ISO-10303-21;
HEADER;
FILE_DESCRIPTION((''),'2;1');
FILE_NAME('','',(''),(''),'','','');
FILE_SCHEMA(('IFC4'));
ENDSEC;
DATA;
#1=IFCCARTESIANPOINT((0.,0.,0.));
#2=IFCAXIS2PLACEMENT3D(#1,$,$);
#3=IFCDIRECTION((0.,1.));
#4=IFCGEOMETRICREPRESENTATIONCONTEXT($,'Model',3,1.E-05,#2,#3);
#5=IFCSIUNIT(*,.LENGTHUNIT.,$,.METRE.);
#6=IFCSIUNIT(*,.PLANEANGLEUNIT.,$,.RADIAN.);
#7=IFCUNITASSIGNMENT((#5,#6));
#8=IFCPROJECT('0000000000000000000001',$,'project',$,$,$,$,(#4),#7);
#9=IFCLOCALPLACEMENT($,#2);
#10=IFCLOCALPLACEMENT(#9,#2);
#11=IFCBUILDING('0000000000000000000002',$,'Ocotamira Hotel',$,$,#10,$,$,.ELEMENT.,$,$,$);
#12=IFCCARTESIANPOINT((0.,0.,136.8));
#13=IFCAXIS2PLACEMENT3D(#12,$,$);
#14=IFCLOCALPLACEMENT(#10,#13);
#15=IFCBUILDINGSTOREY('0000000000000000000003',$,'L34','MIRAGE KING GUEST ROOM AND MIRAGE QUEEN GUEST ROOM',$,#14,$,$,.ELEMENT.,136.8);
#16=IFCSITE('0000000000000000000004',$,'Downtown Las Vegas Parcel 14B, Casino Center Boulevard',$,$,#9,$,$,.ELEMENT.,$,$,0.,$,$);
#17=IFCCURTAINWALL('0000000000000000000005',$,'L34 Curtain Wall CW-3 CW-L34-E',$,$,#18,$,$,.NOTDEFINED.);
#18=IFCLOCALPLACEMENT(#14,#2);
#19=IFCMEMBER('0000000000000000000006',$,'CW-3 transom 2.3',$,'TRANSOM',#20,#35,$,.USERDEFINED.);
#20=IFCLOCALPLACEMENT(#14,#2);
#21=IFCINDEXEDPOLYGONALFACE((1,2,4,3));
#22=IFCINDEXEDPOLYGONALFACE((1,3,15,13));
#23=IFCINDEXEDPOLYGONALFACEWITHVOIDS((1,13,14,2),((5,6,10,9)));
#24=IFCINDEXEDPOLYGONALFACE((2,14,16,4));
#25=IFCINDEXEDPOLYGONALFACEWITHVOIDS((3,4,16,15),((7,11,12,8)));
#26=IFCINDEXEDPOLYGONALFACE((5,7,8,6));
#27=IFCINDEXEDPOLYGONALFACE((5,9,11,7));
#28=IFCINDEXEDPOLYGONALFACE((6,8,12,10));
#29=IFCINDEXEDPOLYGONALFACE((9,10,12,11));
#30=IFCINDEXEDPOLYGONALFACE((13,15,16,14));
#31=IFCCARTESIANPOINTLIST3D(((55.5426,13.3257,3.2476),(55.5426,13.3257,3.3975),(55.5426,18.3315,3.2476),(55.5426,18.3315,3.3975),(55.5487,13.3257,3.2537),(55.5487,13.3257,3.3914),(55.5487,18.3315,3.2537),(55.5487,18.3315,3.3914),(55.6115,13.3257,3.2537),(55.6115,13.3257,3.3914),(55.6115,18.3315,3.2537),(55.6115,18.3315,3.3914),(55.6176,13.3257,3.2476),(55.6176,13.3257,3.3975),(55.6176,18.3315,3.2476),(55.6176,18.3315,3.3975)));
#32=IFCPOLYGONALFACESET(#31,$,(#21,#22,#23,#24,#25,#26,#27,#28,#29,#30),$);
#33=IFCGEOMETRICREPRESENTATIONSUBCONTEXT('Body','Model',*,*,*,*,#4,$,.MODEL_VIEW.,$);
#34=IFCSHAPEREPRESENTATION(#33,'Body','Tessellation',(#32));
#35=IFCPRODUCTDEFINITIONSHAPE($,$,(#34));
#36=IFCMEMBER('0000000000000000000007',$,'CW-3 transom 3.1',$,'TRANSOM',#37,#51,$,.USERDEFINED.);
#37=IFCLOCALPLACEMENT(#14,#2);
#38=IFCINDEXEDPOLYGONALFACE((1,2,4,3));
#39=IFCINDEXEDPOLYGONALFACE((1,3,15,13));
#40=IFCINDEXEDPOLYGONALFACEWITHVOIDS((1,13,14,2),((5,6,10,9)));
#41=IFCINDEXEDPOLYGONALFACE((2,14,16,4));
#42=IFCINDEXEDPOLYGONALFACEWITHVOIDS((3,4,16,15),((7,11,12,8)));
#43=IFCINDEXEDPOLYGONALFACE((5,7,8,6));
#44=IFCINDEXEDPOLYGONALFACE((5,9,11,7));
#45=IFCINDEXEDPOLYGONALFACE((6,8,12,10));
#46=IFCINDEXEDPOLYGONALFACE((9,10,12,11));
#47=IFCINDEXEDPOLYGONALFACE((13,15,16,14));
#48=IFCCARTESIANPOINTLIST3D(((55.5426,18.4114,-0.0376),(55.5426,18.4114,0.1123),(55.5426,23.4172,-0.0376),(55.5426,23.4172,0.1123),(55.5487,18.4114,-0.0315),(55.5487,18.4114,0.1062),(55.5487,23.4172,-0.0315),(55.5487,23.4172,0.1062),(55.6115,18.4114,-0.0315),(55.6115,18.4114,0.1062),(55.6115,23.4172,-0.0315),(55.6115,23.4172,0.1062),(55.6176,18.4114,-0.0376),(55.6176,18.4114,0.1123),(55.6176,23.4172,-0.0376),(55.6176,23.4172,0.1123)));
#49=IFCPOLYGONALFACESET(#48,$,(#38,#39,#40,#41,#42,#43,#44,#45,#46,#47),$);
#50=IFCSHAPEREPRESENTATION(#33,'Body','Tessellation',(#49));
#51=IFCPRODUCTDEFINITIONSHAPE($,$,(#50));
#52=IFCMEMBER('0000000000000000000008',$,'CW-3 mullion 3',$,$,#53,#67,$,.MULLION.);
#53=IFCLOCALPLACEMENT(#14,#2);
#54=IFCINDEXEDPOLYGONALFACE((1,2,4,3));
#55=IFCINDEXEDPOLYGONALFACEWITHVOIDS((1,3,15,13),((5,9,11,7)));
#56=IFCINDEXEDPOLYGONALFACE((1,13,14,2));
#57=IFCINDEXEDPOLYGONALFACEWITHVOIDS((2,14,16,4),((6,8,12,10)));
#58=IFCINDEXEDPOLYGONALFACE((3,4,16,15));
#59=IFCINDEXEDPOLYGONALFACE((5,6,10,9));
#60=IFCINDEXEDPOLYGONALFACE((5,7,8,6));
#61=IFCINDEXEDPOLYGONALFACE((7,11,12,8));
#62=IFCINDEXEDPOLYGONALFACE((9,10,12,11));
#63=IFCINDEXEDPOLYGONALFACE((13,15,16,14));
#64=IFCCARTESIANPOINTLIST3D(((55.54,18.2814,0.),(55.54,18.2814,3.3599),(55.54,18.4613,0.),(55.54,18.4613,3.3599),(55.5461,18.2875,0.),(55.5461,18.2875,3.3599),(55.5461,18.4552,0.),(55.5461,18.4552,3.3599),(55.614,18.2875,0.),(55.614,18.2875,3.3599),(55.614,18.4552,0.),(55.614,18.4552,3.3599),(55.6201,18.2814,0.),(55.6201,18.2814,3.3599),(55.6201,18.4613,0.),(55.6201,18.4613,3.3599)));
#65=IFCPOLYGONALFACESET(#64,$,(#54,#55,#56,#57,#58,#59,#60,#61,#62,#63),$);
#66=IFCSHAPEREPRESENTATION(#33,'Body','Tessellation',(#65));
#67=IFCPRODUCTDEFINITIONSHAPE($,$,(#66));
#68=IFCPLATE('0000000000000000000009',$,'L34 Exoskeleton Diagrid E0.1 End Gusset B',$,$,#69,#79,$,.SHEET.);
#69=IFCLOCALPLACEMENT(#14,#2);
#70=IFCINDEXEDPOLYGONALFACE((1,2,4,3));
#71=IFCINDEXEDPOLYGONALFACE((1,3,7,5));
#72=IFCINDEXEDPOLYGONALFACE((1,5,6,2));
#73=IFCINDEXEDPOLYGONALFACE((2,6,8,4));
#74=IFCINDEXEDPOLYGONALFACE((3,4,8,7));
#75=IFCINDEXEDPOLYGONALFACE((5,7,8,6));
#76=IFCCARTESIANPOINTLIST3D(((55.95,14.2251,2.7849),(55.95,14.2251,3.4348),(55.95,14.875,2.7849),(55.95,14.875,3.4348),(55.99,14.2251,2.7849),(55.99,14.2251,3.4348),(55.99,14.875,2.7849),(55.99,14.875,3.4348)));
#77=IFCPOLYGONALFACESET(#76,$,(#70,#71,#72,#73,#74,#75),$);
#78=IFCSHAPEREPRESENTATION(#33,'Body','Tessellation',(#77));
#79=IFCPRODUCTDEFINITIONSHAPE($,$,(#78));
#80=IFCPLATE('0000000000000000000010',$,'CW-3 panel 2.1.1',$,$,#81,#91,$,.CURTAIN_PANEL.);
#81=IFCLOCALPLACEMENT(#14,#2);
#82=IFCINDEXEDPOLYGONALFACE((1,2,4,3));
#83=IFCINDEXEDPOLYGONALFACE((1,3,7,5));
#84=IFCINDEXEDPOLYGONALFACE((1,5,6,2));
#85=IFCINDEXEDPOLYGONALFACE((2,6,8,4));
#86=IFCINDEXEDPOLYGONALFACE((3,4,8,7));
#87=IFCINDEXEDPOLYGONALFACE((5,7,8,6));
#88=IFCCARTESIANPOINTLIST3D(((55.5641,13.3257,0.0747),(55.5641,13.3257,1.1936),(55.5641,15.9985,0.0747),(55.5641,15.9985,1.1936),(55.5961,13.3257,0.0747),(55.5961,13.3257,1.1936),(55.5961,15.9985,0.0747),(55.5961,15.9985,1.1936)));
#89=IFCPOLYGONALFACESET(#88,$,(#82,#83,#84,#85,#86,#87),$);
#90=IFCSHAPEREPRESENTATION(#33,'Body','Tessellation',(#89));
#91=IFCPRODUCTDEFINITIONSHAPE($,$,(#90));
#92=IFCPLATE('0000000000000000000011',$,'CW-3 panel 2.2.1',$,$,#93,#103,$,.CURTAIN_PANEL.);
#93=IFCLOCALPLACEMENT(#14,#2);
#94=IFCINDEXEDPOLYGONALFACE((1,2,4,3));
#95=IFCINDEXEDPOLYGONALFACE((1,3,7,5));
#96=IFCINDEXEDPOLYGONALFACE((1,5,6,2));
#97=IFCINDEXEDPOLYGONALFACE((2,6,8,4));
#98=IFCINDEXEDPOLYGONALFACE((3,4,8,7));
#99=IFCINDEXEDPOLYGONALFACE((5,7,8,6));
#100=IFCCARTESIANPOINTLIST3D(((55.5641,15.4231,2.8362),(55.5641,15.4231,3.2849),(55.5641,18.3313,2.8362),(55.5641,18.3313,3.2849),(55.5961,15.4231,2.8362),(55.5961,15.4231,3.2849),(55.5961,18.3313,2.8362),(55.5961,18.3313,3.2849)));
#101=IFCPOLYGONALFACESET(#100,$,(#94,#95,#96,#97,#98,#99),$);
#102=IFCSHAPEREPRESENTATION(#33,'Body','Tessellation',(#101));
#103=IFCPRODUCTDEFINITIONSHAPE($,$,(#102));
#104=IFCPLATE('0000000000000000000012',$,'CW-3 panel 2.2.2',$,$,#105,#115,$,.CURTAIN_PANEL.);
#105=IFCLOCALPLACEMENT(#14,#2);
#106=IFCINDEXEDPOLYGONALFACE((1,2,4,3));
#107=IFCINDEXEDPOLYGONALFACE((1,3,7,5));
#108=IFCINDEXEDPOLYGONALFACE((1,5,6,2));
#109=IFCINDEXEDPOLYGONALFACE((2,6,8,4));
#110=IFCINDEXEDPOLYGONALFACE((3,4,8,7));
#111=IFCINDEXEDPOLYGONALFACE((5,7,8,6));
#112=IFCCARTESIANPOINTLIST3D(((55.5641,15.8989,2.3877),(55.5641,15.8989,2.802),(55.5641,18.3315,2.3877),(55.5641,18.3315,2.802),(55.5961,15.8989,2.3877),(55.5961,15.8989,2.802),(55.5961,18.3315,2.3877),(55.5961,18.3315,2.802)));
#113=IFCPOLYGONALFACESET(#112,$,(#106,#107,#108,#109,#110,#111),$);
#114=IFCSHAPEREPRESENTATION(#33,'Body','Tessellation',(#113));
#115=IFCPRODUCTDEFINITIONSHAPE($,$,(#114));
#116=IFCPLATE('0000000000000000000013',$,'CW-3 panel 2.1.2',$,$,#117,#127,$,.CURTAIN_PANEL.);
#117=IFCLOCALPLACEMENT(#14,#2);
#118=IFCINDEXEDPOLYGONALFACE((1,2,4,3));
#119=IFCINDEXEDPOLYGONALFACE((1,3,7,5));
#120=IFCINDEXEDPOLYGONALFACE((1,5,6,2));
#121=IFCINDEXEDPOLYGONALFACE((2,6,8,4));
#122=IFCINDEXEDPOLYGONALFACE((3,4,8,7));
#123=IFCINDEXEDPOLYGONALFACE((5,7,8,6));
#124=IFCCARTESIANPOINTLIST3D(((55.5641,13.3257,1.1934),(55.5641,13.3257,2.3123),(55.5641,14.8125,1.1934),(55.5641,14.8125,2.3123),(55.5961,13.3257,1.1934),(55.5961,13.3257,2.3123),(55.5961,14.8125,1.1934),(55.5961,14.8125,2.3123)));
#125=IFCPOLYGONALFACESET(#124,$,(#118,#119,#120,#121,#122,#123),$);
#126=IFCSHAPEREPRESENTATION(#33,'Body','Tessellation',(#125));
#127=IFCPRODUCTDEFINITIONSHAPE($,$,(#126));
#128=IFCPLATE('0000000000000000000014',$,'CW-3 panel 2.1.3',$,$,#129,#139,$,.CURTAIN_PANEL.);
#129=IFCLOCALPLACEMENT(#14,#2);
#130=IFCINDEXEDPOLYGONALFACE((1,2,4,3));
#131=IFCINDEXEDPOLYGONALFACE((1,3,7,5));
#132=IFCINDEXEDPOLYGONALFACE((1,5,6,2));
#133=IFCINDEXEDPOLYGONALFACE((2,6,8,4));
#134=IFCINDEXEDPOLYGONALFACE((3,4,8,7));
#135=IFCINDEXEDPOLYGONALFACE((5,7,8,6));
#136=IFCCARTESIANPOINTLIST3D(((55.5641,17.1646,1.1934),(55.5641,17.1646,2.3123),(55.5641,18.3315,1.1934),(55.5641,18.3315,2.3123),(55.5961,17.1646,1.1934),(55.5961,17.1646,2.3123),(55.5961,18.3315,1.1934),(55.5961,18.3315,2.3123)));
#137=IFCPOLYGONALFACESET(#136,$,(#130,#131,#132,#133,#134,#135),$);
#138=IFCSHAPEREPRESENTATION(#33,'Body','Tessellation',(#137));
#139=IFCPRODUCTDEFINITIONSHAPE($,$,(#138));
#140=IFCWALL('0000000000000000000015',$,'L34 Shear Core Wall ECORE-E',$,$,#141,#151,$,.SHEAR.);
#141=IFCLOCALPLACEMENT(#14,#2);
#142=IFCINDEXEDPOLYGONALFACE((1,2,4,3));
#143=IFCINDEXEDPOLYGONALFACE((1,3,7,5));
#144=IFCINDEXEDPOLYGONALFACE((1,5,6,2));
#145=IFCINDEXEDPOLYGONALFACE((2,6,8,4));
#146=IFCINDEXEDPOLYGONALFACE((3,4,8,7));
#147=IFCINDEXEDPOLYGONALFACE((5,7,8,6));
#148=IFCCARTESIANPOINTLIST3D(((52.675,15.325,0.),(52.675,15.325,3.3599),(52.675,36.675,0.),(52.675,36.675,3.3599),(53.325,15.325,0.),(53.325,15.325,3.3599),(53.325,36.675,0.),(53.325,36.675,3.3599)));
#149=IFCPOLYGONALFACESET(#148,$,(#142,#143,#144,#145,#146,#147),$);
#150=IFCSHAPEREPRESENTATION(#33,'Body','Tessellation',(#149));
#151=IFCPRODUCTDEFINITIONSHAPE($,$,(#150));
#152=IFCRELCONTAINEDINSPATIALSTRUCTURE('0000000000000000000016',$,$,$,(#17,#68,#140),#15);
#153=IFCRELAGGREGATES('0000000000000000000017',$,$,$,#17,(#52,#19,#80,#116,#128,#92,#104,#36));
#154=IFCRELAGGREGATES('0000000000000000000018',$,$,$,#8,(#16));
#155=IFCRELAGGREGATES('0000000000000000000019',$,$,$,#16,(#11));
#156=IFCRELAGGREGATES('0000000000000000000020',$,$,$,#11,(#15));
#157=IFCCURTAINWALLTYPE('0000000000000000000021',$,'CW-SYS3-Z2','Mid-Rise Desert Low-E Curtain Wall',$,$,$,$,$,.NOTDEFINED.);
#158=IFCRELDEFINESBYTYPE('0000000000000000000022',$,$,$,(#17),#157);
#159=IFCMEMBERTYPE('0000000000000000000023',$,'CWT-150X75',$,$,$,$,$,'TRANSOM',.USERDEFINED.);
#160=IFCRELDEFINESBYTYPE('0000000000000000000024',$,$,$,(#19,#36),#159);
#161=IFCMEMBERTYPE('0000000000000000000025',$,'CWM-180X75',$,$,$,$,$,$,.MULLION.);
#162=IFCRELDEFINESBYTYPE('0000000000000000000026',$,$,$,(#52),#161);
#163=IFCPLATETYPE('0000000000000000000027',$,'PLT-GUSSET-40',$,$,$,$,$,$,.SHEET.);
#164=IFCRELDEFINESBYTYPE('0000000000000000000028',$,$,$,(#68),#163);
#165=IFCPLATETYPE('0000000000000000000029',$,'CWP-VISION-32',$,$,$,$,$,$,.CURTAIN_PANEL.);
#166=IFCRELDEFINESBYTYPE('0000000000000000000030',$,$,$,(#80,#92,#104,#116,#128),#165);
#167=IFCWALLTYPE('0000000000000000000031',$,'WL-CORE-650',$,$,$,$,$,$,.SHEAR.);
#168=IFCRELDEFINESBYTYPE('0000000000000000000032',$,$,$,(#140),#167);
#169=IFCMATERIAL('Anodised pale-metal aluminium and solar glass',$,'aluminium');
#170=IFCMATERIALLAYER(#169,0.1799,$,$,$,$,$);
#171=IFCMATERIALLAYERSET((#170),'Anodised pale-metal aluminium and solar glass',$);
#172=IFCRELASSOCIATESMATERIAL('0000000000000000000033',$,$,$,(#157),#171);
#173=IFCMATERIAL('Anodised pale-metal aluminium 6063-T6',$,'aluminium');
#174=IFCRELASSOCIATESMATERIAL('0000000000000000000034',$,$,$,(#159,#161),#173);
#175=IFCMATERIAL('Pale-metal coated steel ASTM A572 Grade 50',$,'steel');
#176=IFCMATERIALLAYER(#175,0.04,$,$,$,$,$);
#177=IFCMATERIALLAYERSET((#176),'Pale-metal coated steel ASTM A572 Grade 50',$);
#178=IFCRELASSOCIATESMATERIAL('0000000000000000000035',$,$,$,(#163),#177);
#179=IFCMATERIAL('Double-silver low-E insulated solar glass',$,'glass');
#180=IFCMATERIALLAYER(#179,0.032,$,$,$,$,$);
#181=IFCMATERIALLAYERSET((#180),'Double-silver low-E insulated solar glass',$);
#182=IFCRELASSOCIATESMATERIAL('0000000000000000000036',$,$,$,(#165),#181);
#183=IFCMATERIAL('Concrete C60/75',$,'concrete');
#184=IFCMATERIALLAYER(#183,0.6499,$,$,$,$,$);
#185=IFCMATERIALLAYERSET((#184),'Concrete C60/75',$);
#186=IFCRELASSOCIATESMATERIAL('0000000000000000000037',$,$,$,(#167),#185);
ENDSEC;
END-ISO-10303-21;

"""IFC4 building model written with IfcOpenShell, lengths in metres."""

from ifc_helpers import new_model, si_unit, direction, frame, frame_2d, origin, origin_2d, place, context, subcontext, project, spatial, rectangle, hollow_rectangle, extrude, source, transform, mapped, material, layer, layer_set, material_profile, profile_set, type_object, element, aggregate, save


model = new_model("IFC4")

# Units and contexts
model_context = context("Model", 3, precision=1e-05, world=origin(), true_north=direction((0.0, 1.0)))
body_context = subcontext(model_context, "Body", "Model", "MODEL_VIEW")
ifc_project = project(units=[si_unit("LENGTHUNIT", "METRE"), si_unit("PLANEANGLEUNIT", "RADIAN")], contexts=[model_context])

# Site, building, storey
site_placement = place(None, origin())
site = spatial("IfcSite", under=ifc_project, at=site_placement, Name="Downtown Las Vegas Parcel 14B, Casino Center Boulevard", CompositionType="ELEMENT", RefElevation=0.0)
building_placement = place(site_placement, origin())
building = spatial("IfcBuilding", under=site, at=building_placement, Name="Ocotamira Hotel", CompositionType="ELEMENT")
storey_placement = place(building_placement, frame((0.0, 0.0, 136.8)))
storey = spatial("IfcBuildingStorey", under=building, at=storey_placement, Name="L34", Description="MIRAGE KING GUEST ROOM AND MIRAGE QUEEN GUEST ROOM", CompositionType="ELEMENT", Elevation=136.8)

# Curtain wall, members
ifc_material_1 = material(Name="Anodised pale-metal aluminium and solar glass", Category="aluminium")
ifc_layer_1 = layer(ifc_material_1, 0.1799)
ifc_layer_set_1 = layer_set([ifc_layer_1], Name="Anodised pale-metal aluminium and solar glass")
curtain_wall_type = type_object("IfcCurtainWallType", Name="CW-SYS3-Z2", Description="Mid-Rise Desert Low-E Curtain Wall", PredefinedType="NOTDEFINED", material=ifc_layer_set_1)
curtain_wall_placement = place(storey_placement, origin())
curtain_wall = element("IfcCurtainWall", 1, at=curtain_wall_placement, inside=storey, type_object=curtain_wall_type, Name="L34 Curtain Wall CW-3 CW-L34-E", PredefinedType="NOTDEFINED")
ifc_material_2 = material(Name="Anodised pale-metal aluminium 6063-T6", Category="aluminium")
ifc_material_profile_1 = material_profile(ifc_material_2, hollow_rectangle(XDim=0.075, YDim=0.1499, WallThickness=0.0061, at=origin_2d()), Name="HSS150X75X6")
ifc_profile_set_1 = profile_set([ifc_material_profile_1], Name="Anodised pale-metal aluminium 6063-T6")
member_type_1 = type_object("IfcMemberType", Name="CWT-150X75", ElementType="TRANSOM", PredefinedType="USERDEFINED", material=ifc_profile_set_1)
shared_shape_1 = source(origin(), body_context, "Body", "SweptSolid", [
    extrude(hollow_rectangle(XDim=0.075, YDim=0.1499, WallThickness=0.0061, at=origin_2d()), origin(), (0.0, 0.0, 1.0), 5.0059),
])
member_1_placement = place(storey_placement, frame((55.5801, 13.3257, 3.3225), z_axis=(0.0, 1.0, 0.0), x_axis=(-1.0, 0.0, 0.0)))
member_1 = element("IfcMember", 2, at=member_1_placement, type_object=member_type_1, Name="CW-3 transom 2.3", ObjectType="TRANSOM", PredefinedType="USERDEFINED", context=body_context, shape_type="MappedRepresentation", body=[
    mapped(shared_shape_1, transform((0.0, 0.0, 0.0), scale=1.0)),
])
member_2_placement = place(storey_placement, frame((55.5801, 18.4114, 0.0374), z_axis=(0.0, 1.0, 0.0), x_axis=(-1.0, 0.0, 0.0)))
member_2 = element("IfcMember", 3, at=member_2_placement, type_object=member_type_1, Name="CW-3 transom 3.1", ObjectType="TRANSOM", PredefinedType="USERDEFINED", context=body_context, shape_type="MappedRepresentation", body=[
    mapped(shared_shape_1, transform((0.0, 0.0, 0.0), scale=1.0)),
])
ifc_material_profile_2 = material_profile(ifc_material_2, hollow_rectangle(XDim=0.0801, YDim=0.1799, WallThickness=0.0061, at=origin_2d()), Name="HSS180X80X6")
ifc_profile_set_2 = profile_set([ifc_material_profile_2], Name="Anodised pale-metal aluminium 6063-T6")
member_type_2 = type_object("IfcMemberType", Name="CWM-180X75", PredefinedType="MULLION", material=ifc_profile_set_2)
shared_shape_2 = source(origin(), body_context, "Body", "SweptSolid", [
    extrude(hollow_rectangle(XDim=0.0801, YDim=0.1799, WallThickness=0.0061, at=origin_2d()), origin(), (0.0, 0.0, 1.0), 3.3599),
])
member_3_placement = place(storey_placement, frame((55.5801, 18.3713, 0.0), z_axis=(0.0, 0.0, 1.0), x_axis=(-1.0, 0.0, 0.0)))
member_3 = element("IfcMember", 4, at=member_3_placement, type_object=member_type_2, Name="CW-3 mullion 3", PredefinedType="MULLION", context=body_context, shape_type="MappedRepresentation", body=[
    mapped(shared_shape_2, transform((0.0, 0.0, 0.0), scale=1.0)),
])

# Plates
ifc_material_3 = material(Name="Pale-metal coated steel ASTM A572 Grade 50", Category="steel")
ifc_layer_2 = layer(ifc_material_3, 0.04)
ifc_layer_set_2 = layer_set([ifc_layer_2], Name="Pale-metal coated steel ASTM A572 Grade 50")
plate_type_1 = type_object("IfcPlateType", Name="PLT-GUSSET-40", PredefinedType="SHEET", material=ifc_layer_set_2)
shared_shape_3 = source(origin(), body_context, "Body", "SweptSolid", [
    extrude(rectangle(XDim=0.04, YDim=0.6499, at=origin_2d()), origin(), (0.0, 0.0, 1.0), 0.6499),
])
plate_1_placement = place(storey_placement, frame((55.97, 14.55, 2.7849), z_axis=(0.0, 0.0, 1.0), x_axis=(1.0, 0.0, 0.0)))
element("IfcPlate", 5, at=plate_1_placement, inside=storey, type_object=plate_type_1, Name="L34 Exoskeleton Diagrid E0.1 End Gusset B", PredefinedType="SHEET", context=body_context, shape_type="MappedRepresentation", body=[
    mapped(shared_shape_3, transform((0.0, 0.0, 0.0), scale=1.0)),
])
ifc_material_4 = material(Name="Double-silver low-E insulated solar glass", Category="glass")
ifc_layer_3 = layer(ifc_material_4, 0.032)
ifc_layer_set_3 = layer_set([ifc_layer_3], Name="Double-silver low-E insulated solar glass")
plate_type_2 = type_object("IfcPlateType", Name="CWP-VISION-32", PredefinedType="CURTAIN_PANEL", material=ifc_layer_set_3)
shared_shape_4 = source(origin(), body_context, "Body", "SweptSolid", [
    extrude(rectangle(XDim=2.6729, YDim=0.032, at=origin_2d()), origin(), (0.0, 0.0, 1.0), 1.1189),
])
plate_2_placement = place(storey_placement, frame((55.5801, 14.6621, 0.0747), z_axis=(0.0, 0.0, 1.0), x_axis=(0.0, 1.0, 0.0)))
plate_2 = element("IfcPlate", 6, at=plate_2_placement, type_object=plate_type_2, Name="CW-3 panel 2.1.1", PredefinedType="CURTAIN_PANEL", context=body_context, shape_type="MappedRepresentation", body=[
    mapped(shared_shape_4, transform((0.0, 0.0, 0.0), scale=1.0)),
])
shared_shape_5 = source(origin(), body_context, "Body", "SweptSolid", [
    extrude(rectangle(XDim=2.9082, YDim=0.032, at=origin_2d()), origin(), (0.0, 0.0, 1.0), 0.4487),
])
plate_3_placement = place(storey_placement, frame((55.5801, 16.8772, 2.8362), z_axis=(0.0, 0.0, 1.0), x_axis=(0.0, 1.0, 0.0)))
plate_3 = element("IfcPlate", 7, at=plate_3_placement, type_object=plate_type_2, Name="CW-3 panel 2.2.1", PredefinedType="CURTAIN_PANEL", context=body_context, shape_type="MappedRepresentation", body=[
    mapped(shared_shape_5, transform((0.0, 0.0, 0.0), scale=1.0)),
])
shared_shape_6 = source(origin(), body_context, "Body", "SweptSolid", [
    extrude(rectangle(XDim=2.4326, YDim=0.032, at=origin_2d()), origin(), (0.0, 0.0, 1.0), 0.4143),
])
plate_4_placement = place(storey_placement, frame((55.5801, 17.1152, 2.3877), z_axis=(0.0, 0.0, 1.0), x_axis=(0.0, 1.0, 0.0)))
plate_4 = element("IfcPlate", 8, at=plate_4_placement, type_object=plate_type_2, Name="CW-3 panel 2.2.2", PredefinedType="CURTAIN_PANEL", context=body_context, shape_type="MappedRepresentation", body=[
    mapped(shared_shape_6, transform((0.0, 0.0, 0.0), scale=1.0)),
])
shared_shape_7 = source(origin(), body_context, "Body", "SweptSolid", [
    extrude(rectangle(XDim=1.4868, YDim=0.032, at=origin_2d()), origin(), (0.0, 0.0, 1.0), 1.1189),
])
plate_5_placement = place(storey_placement, frame((55.5801, 14.0691, 1.1934), z_axis=(0.0, 0.0, 1.0), x_axis=(0.0, 1.0, 0.0)))
plate_5 = element("IfcPlate", 9, at=plate_5_placement, type_object=plate_type_2, Name="CW-3 panel 2.1.2", PredefinedType="CURTAIN_PANEL", context=body_context, shape_type="MappedRepresentation", body=[
    mapped(shared_shape_7, transform((0.0, 0.0, 0.0), scale=1.0)),
])
shared_shape_8 = source(origin(), body_context, "Body", "SweptSolid", [
    extrude(rectangle(XDim=1.167, YDim=0.032, at=origin_2d()), origin(), (0.0, 0.0, 1.0), 1.1189),
])
plate_6_placement = place(storey_placement, frame((55.5801, 17.748, 1.1934), z_axis=(0.0, 0.0, 1.0), x_axis=(0.0, 1.0, 0.0)))
plate_6 = element("IfcPlate", 10, at=plate_6_placement, type_object=plate_type_2, Name="CW-3 panel 2.1.3", PredefinedType="CURTAIN_PANEL", context=body_context, shape_type="MappedRepresentation", body=[
    mapped(shared_shape_8, transform((0.0, 0.0, 0.0), scale=1.0)),
])
aggregate(curtain_wall, [member_3, member_1, plate_2, plate_5, plate_6, plate_3, plate_4, member_2])

# Wall
ifc_material_5 = material(Name="Concrete C60/75", Category="concrete")
ifc_layer_4 = layer(ifc_material_5, 0.6499)
ifc_layer_set_4 = layer_set([ifc_layer_4], Name="Concrete C60/75")
wall_type_1 = type_object("IfcWallType", Name="WL-CORE-650", PredefinedType="SHEAR", material=ifc_layer_set_4)
wall_1_placement = place(storey_placement, frame((53.0, 15.325, 0.0), z_axis=(0.0, 0.0, 1.0), x_axis=(0.0, 1.0, 0.0)))
element("IfcWall", 11, at=wall_1_placement, inside=storey, type_object=wall_type_1, Name="L34 Shear Core Wall ECORE-E", PredefinedType="SHEAR", context=body_context, shape_type="SweptSolid", body=[
    extrude(rectangle(XDim=21.3501, YDim=0.6499, at=frame_2d((10.675, 0.0))), origin(), (0.0, 0.0, 1.0), 3.3599),
])

save(model, "model.ifc")
